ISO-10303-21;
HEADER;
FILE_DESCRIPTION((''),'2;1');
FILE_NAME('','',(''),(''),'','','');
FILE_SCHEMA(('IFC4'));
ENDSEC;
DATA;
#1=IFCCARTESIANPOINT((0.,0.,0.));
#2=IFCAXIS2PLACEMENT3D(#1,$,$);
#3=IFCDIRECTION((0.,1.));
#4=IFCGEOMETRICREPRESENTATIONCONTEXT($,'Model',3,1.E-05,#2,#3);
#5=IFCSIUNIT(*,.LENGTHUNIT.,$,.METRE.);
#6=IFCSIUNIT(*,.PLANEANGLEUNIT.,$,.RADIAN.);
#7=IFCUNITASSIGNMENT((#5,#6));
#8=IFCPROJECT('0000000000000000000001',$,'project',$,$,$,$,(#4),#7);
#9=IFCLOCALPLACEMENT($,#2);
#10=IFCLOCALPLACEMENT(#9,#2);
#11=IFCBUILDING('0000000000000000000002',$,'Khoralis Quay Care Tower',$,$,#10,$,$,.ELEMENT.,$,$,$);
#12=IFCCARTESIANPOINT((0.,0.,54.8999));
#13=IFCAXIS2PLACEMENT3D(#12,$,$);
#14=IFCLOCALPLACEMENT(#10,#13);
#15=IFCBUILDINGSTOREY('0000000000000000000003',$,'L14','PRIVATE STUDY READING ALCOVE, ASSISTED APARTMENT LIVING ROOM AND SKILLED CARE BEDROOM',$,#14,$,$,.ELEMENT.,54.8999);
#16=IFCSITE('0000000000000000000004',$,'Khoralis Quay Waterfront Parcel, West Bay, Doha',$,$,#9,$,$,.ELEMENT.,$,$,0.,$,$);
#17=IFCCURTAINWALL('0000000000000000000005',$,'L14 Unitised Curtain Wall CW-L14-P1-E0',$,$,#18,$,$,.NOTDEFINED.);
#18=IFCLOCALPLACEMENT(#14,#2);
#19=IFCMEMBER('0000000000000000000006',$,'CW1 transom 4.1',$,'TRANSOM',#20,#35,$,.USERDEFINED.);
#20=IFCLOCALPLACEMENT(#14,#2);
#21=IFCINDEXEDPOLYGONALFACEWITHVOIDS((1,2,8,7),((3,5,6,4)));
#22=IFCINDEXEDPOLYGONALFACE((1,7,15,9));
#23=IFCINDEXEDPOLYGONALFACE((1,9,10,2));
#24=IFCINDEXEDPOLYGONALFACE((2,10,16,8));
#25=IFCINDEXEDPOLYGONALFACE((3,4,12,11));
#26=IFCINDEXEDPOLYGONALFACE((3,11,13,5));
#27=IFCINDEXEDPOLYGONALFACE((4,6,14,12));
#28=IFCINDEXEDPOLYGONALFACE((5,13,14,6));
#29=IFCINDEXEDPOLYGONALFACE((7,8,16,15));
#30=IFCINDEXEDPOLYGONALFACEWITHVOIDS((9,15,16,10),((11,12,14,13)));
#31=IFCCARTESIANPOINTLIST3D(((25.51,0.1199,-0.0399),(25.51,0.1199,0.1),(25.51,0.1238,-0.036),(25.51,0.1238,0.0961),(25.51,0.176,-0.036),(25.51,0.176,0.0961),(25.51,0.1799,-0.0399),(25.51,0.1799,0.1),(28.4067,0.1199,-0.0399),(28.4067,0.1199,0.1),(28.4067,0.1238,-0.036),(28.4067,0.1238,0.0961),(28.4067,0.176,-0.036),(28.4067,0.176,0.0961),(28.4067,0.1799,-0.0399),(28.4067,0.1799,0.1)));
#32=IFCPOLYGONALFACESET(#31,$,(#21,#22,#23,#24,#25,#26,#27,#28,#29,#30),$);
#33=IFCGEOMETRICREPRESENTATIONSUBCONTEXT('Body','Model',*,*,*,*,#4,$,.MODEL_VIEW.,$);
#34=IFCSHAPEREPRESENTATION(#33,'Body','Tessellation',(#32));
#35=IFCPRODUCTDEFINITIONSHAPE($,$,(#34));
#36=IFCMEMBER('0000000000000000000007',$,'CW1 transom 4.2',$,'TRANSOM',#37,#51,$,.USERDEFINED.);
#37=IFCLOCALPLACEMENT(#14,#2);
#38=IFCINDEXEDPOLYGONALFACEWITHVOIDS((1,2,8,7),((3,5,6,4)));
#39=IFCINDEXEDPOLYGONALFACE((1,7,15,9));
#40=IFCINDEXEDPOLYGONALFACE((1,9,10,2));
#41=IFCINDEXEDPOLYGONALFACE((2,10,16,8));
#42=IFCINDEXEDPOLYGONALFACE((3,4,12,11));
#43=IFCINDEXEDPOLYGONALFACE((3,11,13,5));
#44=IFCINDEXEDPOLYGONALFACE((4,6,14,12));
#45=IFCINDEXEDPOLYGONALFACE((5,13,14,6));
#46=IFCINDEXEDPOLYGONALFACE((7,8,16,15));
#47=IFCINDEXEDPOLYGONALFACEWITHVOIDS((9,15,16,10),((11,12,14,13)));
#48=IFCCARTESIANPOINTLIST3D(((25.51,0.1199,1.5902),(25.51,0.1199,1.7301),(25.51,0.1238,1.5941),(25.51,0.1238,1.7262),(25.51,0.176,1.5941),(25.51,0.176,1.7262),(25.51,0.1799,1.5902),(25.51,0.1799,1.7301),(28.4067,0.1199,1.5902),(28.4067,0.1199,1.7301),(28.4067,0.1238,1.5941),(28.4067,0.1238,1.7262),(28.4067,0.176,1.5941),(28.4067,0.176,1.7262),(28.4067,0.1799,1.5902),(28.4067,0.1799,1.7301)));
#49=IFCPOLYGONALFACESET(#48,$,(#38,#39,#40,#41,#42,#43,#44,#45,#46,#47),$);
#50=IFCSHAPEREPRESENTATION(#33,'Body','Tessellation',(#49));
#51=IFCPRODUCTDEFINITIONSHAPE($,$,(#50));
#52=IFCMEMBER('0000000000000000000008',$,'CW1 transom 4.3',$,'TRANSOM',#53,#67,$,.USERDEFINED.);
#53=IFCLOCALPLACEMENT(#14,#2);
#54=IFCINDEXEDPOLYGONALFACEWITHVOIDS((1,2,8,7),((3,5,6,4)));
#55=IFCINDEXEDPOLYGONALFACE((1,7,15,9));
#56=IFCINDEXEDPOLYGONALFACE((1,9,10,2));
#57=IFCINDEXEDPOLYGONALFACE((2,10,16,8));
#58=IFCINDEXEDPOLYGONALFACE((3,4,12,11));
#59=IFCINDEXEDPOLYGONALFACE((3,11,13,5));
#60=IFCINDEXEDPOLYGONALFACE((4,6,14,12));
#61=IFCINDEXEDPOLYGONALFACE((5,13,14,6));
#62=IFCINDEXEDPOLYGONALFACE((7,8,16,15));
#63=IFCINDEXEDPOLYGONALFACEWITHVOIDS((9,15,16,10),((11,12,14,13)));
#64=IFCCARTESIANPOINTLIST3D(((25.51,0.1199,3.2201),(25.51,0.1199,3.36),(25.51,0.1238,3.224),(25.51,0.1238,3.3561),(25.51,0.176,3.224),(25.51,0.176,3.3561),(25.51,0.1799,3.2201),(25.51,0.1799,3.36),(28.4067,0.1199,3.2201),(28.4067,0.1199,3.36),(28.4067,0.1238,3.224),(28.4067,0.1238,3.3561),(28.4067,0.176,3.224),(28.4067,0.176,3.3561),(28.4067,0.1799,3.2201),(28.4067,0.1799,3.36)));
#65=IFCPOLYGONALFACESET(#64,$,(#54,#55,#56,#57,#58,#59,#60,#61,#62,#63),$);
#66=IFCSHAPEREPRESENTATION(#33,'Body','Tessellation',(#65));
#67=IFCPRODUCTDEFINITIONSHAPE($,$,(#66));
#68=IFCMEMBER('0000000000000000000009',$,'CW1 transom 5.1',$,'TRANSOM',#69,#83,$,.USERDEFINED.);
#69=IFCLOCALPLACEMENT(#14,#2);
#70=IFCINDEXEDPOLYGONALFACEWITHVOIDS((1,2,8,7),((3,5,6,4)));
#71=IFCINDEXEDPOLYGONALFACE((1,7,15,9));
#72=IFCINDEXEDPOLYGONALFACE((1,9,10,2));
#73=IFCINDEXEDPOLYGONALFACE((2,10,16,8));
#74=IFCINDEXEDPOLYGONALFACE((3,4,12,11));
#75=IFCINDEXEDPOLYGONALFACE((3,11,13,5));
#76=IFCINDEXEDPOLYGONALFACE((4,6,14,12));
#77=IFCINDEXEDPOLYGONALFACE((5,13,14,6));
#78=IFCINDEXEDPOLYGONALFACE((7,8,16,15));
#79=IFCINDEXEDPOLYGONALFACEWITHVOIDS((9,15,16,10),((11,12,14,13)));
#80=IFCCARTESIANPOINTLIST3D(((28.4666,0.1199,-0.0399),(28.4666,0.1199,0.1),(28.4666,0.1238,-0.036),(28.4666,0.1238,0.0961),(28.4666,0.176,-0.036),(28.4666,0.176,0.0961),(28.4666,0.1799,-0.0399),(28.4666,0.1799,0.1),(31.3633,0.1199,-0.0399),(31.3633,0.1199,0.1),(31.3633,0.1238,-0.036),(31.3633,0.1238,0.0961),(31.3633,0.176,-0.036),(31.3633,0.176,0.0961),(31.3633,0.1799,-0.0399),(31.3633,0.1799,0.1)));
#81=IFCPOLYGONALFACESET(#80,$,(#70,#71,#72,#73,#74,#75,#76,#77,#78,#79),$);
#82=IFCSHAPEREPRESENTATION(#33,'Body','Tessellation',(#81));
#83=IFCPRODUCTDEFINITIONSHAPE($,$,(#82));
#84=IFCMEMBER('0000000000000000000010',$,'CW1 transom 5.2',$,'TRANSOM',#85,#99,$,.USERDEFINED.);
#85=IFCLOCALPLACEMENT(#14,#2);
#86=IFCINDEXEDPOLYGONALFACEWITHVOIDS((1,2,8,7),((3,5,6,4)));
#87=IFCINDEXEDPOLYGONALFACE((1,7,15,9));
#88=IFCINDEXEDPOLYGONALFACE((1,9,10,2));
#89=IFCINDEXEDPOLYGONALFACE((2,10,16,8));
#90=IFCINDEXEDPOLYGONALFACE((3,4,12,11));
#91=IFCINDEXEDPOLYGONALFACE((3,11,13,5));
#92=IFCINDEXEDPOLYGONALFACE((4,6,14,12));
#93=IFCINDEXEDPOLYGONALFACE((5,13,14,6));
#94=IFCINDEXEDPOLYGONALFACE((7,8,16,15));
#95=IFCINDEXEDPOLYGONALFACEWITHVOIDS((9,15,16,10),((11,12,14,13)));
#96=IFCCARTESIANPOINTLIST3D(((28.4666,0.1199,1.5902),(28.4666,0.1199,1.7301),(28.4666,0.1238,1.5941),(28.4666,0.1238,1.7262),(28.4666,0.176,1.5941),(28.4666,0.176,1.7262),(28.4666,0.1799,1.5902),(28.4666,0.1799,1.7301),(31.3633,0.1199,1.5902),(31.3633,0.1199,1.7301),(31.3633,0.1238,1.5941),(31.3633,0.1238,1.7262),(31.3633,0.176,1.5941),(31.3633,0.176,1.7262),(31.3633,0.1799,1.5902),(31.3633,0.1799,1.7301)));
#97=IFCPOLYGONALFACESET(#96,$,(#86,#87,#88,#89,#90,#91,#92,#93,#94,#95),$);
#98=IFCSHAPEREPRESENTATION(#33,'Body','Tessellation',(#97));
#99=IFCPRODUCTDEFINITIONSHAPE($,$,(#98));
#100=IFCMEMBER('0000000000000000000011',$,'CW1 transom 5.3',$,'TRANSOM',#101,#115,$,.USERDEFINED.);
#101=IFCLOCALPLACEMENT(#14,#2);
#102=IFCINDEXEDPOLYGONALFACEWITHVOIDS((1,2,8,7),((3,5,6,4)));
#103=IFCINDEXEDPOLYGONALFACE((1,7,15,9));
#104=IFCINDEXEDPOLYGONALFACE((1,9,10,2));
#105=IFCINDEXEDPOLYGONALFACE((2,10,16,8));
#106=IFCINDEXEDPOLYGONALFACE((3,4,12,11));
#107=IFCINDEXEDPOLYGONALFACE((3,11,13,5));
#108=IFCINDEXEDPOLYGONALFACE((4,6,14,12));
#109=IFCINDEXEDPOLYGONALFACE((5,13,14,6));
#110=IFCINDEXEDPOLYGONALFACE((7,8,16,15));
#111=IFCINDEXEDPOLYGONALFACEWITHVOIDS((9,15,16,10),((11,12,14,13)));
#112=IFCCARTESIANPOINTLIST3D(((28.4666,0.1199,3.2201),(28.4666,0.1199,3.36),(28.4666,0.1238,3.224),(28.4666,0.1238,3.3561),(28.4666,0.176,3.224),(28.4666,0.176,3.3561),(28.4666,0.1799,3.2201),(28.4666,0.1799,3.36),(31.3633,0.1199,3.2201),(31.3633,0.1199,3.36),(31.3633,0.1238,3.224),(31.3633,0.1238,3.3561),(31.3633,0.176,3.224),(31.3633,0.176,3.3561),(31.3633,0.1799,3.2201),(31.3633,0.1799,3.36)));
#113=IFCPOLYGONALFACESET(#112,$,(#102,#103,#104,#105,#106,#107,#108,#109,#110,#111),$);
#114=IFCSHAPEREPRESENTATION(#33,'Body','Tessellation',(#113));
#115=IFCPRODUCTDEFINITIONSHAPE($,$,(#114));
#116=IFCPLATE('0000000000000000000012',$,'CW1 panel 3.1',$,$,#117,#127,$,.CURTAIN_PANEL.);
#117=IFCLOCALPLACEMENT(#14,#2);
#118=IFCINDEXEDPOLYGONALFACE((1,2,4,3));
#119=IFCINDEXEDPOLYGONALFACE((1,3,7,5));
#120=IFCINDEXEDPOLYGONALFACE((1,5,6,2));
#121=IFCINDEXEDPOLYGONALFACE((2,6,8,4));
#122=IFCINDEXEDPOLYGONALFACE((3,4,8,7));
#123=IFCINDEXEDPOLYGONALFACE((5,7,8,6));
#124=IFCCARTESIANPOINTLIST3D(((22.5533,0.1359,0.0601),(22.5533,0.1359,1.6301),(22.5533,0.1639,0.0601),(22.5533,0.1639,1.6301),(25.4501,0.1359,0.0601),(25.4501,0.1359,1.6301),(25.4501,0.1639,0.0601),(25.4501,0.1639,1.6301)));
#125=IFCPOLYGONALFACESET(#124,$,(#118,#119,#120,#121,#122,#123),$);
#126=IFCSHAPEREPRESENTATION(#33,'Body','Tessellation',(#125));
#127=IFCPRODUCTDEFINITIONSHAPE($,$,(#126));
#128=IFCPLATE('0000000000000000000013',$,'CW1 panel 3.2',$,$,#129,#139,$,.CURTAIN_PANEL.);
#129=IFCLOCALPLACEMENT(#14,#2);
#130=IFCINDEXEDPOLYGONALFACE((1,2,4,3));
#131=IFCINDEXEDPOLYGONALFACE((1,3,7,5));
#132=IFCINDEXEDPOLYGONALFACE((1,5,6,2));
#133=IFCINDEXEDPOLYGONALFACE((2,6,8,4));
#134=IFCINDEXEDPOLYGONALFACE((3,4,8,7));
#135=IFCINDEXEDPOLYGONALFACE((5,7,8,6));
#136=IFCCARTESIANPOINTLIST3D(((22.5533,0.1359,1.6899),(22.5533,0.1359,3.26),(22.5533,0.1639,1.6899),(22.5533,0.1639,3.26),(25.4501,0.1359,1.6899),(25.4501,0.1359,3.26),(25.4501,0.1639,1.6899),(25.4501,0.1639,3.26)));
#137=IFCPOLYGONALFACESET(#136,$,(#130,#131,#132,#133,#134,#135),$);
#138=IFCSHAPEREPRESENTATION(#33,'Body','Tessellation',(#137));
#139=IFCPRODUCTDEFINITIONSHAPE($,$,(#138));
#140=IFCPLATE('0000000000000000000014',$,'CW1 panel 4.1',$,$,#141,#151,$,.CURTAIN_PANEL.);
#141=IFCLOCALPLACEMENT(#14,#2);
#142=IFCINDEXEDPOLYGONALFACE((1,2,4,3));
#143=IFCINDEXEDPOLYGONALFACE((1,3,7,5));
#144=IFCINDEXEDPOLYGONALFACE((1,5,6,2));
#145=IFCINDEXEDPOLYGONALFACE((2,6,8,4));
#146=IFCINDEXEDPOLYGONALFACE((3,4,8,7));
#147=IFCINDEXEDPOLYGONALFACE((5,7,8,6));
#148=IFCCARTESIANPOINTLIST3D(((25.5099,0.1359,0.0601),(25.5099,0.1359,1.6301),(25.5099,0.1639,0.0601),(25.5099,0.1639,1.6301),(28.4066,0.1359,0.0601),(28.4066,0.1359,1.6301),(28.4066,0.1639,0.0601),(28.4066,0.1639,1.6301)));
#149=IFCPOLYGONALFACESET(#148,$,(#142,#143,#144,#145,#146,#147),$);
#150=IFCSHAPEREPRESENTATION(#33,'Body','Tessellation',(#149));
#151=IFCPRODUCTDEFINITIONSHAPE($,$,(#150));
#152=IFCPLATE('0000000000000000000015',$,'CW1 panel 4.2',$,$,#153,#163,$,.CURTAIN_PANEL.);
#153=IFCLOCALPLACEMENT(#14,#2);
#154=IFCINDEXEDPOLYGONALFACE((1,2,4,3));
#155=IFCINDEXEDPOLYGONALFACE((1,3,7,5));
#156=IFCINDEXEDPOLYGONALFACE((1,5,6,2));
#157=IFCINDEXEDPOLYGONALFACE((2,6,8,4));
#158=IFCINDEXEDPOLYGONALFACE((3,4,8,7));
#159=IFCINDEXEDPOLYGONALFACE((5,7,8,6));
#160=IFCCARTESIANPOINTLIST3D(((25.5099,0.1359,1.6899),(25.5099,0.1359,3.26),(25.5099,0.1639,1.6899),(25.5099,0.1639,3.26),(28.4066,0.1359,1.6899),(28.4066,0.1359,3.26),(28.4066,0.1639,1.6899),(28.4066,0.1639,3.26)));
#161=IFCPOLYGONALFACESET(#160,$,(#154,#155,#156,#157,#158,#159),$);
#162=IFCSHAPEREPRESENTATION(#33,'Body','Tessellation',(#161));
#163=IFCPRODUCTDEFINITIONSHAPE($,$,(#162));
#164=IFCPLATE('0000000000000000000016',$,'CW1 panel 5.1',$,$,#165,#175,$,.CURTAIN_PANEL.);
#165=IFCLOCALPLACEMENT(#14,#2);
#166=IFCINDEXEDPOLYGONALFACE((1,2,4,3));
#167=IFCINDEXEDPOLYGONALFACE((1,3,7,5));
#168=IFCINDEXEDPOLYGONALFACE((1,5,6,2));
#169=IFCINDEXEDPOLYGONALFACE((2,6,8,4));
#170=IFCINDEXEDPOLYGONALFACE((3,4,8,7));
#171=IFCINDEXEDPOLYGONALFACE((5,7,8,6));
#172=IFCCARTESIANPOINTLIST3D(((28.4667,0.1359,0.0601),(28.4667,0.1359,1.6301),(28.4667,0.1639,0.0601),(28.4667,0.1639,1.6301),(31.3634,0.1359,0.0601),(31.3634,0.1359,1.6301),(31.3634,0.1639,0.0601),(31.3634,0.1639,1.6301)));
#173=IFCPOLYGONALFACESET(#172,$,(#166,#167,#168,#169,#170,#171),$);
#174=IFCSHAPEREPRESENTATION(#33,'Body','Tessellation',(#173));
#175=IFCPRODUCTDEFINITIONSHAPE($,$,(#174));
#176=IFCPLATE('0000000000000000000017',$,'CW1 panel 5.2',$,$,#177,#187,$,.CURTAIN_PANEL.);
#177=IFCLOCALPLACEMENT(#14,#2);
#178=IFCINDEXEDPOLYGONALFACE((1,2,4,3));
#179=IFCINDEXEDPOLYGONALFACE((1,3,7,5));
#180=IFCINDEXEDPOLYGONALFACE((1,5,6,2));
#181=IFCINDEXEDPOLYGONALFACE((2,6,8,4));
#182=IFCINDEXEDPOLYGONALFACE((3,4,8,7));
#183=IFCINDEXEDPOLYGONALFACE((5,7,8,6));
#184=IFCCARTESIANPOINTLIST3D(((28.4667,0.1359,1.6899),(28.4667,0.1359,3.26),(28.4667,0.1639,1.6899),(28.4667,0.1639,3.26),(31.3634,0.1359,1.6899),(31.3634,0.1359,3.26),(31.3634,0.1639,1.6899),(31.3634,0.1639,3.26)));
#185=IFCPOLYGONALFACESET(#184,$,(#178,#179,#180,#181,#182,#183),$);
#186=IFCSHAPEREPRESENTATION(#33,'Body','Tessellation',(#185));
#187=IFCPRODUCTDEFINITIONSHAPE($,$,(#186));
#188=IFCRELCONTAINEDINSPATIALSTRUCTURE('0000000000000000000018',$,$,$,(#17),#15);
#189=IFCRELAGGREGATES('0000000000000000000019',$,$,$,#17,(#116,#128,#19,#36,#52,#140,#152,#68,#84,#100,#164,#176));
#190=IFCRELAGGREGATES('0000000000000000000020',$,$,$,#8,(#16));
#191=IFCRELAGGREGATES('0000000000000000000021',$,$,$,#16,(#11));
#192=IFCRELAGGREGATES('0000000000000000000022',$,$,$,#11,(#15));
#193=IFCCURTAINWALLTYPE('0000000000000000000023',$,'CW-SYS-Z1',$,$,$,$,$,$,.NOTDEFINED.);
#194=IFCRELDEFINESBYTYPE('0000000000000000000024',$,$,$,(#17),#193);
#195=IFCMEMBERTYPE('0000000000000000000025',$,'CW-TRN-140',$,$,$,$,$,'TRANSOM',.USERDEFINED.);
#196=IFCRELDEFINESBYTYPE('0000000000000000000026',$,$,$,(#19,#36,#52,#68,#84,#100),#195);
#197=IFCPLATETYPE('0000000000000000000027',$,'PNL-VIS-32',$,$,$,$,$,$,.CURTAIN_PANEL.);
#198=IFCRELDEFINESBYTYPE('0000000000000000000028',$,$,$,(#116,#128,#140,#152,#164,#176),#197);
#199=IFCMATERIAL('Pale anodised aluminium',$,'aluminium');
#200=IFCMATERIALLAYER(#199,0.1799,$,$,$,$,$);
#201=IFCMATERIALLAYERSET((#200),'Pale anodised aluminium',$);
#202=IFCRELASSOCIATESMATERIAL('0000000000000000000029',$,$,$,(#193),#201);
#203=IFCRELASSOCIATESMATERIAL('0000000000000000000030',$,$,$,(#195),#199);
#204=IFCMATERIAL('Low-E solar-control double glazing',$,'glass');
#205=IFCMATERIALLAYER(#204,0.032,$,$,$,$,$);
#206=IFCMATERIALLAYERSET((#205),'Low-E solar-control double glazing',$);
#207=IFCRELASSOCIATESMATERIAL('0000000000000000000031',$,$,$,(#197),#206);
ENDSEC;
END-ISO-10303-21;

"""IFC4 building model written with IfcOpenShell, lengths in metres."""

from ifc_helpers import new_model, si_unit, direction, frame, origin, origin_2d, place, context, subcontext, project, spatial, rectangle, hollow_rectangle, extrude, source, transform, mapped, material, layer, layer_set, material_profile, profile_set, type_object, element, aggregate, save


model = new_model("IFC4")

# Units and contexts
model_context = context("Model", 3, precision=1e-05, world=origin(), true_north=direction((0.0, 1.0)))
body_context = subcontext(model_context, "Body", "Model", "MODEL_VIEW")
ifc_project = project(units=[si_unit("LENGTHUNIT", "METRE"), si_unit("PLANEANGLEUNIT", "RADIAN")], contexts=[model_context])

# Site, building, storey
site_placement = place(None, origin())
site = spatial("IfcSite", under=ifc_project, at=site_placement, Name="Khoralis Quay Waterfront Parcel, West Bay, Doha", CompositionType="ELEMENT", RefElevation=0.0)
building_placement = place(site_placement, origin())
building = spatial("IfcBuilding", under=site, at=building_placement, Name="Khoralis Quay Care Tower", CompositionType="ELEMENT")
storey_placement = place(building_placement, frame((0.0, 0.0, 54.8999)))
storey = spatial("IfcBuildingStorey", under=building, at=storey_placement, Name="L14", Description="PRIVATE STUDY READING ALCOVE, ASSISTED APARTMENT LIVING ROOM AND SKILLED CARE BEDROOM", CompositionType="ELEMENT", Elevation=54.8999)

# Curtain wall
ifc_material_1 = material(Name="Pale anodised aluminium", Category="aluminium")
ifc_layer_1 = layer(ifc_material_1, 0.1799)
ifc_layer_set_1 = layer_set([ifc_layer_1], Name="Pale anodised aluminium")
curtain_wall_type = type_object("IfcCurtainWallType", Name="CW-SYS-Z1", PredefinedType="NOTDEFINED", material=ifc_layer_set_1)
curtain_wall_placement = place(storey_placement, origin())
curtain_wall = element("IfcCurtainWall", 1, at=curtain_wall_placement, inside=storey, type_object=curtain_wall_type, Name="L14 Unitised Curtain Wall CW-L14-P1-E0", PredefinedType="NOTDEFINED")

# Members
ifc_material_profile_1 = material_profile(ifc_material_1, hollow_rectangle(XDim=0.0601, YDim=0.1399, WallThickness=0.0039, at=origin_2d()), Name="Pale anodised aluminium")
ifc_profile_set_1 = profile_set([ifc_material_profile_1], Name="Pale anodised aluminium")
member_type_1 = type_object("IfcMemberType", Name="CW-TRN-140", ElementType="TRANSOM", PredefinedType="USERDEFINED", material=ifc_profile_set_1)
shared_shape_1 = source(origin(), body_context, "Body", "SweptSolid", [
    extrude(hollow_rectangle(XDim=0.0601, YDim=0.1399, WallThickness=0.0039, at=origin_2d()), origin(), (0.0, 0.0, 1.0), 2.8967),
])
member_1_placement = place(storey_placement, frame((25.51, 0.1499, 0.03), z_axis=(1.0, 0.0, 0.0), x_axis=(0.0, 1.0, 0.0)))
member_1 = element("IfcMember", 2, at=member_1_placement, type_object=member_type_1, Name="CW1 transom 4.1", ObjectType="TRANSOM", PredefinedType="USERDEFINED", context=body_context, shape_type="MappedRepresentation", body=[
    mapped(shared_shape_1, transform((0.0, 0.0, 0.0), scale=1.0)),
])
member_2_placement = place(storey_placement, frame((25.51, 0.1499, 1.6602), z_axis=(1.0, 0.0, 0.0), x_axis=(0.0, 1.0, 0.0)))
member_2 = element("IfcMember", 3, at=member_2_placement, type_object=member_type_1, Name="CW1 transom 4.2", ObjectType="TRANSOM", PredefinedType="USERDEFINED", context=body_context, shape_type="MappedRepresentation", body=[
    mapped(shared_shape_1, transform((0.0, 0.0, 0.0), scale=1.0)),
])
member_3_placement = place(storey_placement, frame((25.51, 0.1499, 3.29), z_axis=(1.0, 0.0, 0.0), x_axis=(0.0, 1.0, 0.0)))
member_3 = element("IfcMember", 4, at=member_3_placement, type_object=member_type_1, Name="CW1 transom 4.3", ObjectType="TRANSOM", PredefinedType="USERDEFINED", context=body_context, shape_type="MappedRepresentation", body=[
    mapped(shared_shape_1, transform((0.0, 0.0, 0.0), scale=1.0)),
])
member_4_placement = place(storey_placement, frame((28.4666, 0.1499, 0.03), z_axis=(1.0, 0.0, 0.0), x_axis=(0.0, 1.0, 0.0)))
member_4 = element("IfcMember", 5, at=member_4_placement, type_object=member_type_1, Name="CW1 transom 5.1", ObjectType="TRANSOM", PredefinedType="USERDEFINED", context=body_context, shape_type="MappedRepresentation", body=[
    mapped(shared_shape_1, transform((0.0, 0.0, 0.0), scale=1.0)),
])
member_5_placement = place(storey_placement, frame((28.4666, 0.1499, 1.6602), z_axis=(1.0, 0.0, 0.0), x_axis=(0.0, 1.0, 0.0)))
member_5 = element("IfcMember", 6, at=member_5_placement, type_object=member_type_1, Name="CW1 transom 5.2", ObjectType="TRANSOM", PredefinedType="USERDEFINED", context=body_context, shape_type="MappedRepresentation", body=[
    mapped(shared_shape_1, transform((0.0, 0.0, 0.0), scale=1.0)),
])
member_6_placement = place(storey_placement, frame((28.4666, 0.1499, 3.29), z_axis=(1.0, 0.0, 0.0), x_axis=(0.0, 1.0, 0.0)))
member_6 = element("IfcMember", 7, at=member_6_placement, type_object=member_type_1, Name="CW1 transom 5.3", ObjectType="TRANSOM", PredefinedType="USERDEFINED", context=body_context, shape_type="MappedRepresentation", body=[
    mapped(shared_shape_1, transform((0.0, 0.0, 0.0), scale=1.0)),
])

# Plates
ifc_material_2 = material(Name="Low-E solar-control double glazing", Category="glass")
ifc_layer_2 = layer(ifc_material_2, 0.032)
ifc_layer_set_2 = layer_set([ifc_layer_2], Name="Low-E solar-control double glazing")
plate_type = type_object("IfcPlateType", Name="PNL-VIS-32", PredefinedType="CURTAIN_PANEL", material=ifc_layer_set_2)
shared_shape_2 = source(origin(), body_context, "Body", "SweptSolid", [
    extrude(rectangle(XDim=2.8967, YDim=0.0281, at=origin_2d()), origin(), (0.0, 0.0, 1.0), 1.5701),
])
plate_1_placement = place(storey_placement, frame((24.0017, 0.1499, 0.0601), z_axis=(0.0, 0.0, 1.0), x_axis=(1.0, 0.0, 0.0)))
plate_1 = element("IfcPlate", 8, at=plate_1_placement, type_object=plate_type, Name="CW1 panel 3.1", PredefinedType="CURTAIN_PANEL", context=body_context, shape_type="MappedRepresentation", body=[
    mapped(shared_shape_2, transform((0.0, 0.0, 0.0), scale=1.0)),
])
plate_2_placement = place(storey_placement, frame((24.0017, 0.1499, 1.6899), z_axis=(0.0, 0.0, 1.0), x_axis=(1.0, 0.0, 0.0)))
plate_2 = element("IfcPlate", 9, at=plate_2_placement, type_object=plate_type, Name="CW1 panel 3.2", PredefinedType="CURTAIN_PANEL", context=body_context, shape_type="MappedRepresentation", body=[
    mapped(shared_shape_2, transform((0.0, 0.0, 0.0), scale=1.0)),
])
plate_3_placement = place(storey_placement, frame((26.9583, 0.1499, 0.0601), z_axis=(0.0, 0.0, 1.0), x_axis=(1.0, 0.0, 0.0)))
plate_3 = element("IfcPlate", 10, at=plate_3_placement, type_object=plate_type, Name="CW1 panel 4.1", PredefinedType="CURTAIN_PANEL", context=body_context, shape_type="MappedRepresentation", body=[
    mapped(shared_shape_2, transform((0.0, 0.0, 0.0), scale=1.0)),
])
plate_4_placement = place(storey_placement, frame((26.9583, 0.1499, 1.6899), z_axis=(0.0, 0.0, 1.0), x_axis=(1.0, 0.0, 0.0)))
plate_4 = element("IfcPlate", 11, at=plate_4_placement, type_object=plate_type, Name="CW1 panel 4.2", PredefinedType="CURTAIN_PANEL", context=body_context, shape_type="MappedRepresentation", body=[
    mapped(shared_shape_2, transform((0.0, 0.0, 0.0), scale=1.0)),
])
plate_5_placement = place(storey_placement, frame((29.915, 0.1499, 0.0601), z_axis=(0.0, 0.0, 1.0), x_axis=(1.0, 0.0, 0.0)))
plate_5 = element("IfcPlate", 12, at=plate_5_placement, type_object=plate_type, Name="CW1 panel 5.1", PredefinedType="CURTAIN_PANEL", context=body_context, shape_type="MappedRepresentation", body=[
    mapped(shared_shape_2, transform((0.0, 0.0, 0.0), scale=1.0)),
])
plate_6_placement = place(storey_placement, frame((29.915, 0.1499, 1.6899), z_axis=(0.0, 0.0, 1.0), x_axis=(1.0, 0.0, 0.0)))
plate_6 = element("IfcPlate", 13, at=plate_6_placement, type_object=plate_type, Name="CW1 panel 5.2", PredefinedType="CURTAIN_PANEL", context=body_context, shape_type="MappedRepresentation", body=[
    mapped(shared_shape_2, transform((0.0, 0.0, 0.0), scale=1.0)),
])
aggregate(curtain_wall, [plate_1, plate_2, member_1, member_2, member_3, plate_3, plate_4, member_4, member_5, member_6, plate_5, plate_6])

save(model, "model.ifc")
